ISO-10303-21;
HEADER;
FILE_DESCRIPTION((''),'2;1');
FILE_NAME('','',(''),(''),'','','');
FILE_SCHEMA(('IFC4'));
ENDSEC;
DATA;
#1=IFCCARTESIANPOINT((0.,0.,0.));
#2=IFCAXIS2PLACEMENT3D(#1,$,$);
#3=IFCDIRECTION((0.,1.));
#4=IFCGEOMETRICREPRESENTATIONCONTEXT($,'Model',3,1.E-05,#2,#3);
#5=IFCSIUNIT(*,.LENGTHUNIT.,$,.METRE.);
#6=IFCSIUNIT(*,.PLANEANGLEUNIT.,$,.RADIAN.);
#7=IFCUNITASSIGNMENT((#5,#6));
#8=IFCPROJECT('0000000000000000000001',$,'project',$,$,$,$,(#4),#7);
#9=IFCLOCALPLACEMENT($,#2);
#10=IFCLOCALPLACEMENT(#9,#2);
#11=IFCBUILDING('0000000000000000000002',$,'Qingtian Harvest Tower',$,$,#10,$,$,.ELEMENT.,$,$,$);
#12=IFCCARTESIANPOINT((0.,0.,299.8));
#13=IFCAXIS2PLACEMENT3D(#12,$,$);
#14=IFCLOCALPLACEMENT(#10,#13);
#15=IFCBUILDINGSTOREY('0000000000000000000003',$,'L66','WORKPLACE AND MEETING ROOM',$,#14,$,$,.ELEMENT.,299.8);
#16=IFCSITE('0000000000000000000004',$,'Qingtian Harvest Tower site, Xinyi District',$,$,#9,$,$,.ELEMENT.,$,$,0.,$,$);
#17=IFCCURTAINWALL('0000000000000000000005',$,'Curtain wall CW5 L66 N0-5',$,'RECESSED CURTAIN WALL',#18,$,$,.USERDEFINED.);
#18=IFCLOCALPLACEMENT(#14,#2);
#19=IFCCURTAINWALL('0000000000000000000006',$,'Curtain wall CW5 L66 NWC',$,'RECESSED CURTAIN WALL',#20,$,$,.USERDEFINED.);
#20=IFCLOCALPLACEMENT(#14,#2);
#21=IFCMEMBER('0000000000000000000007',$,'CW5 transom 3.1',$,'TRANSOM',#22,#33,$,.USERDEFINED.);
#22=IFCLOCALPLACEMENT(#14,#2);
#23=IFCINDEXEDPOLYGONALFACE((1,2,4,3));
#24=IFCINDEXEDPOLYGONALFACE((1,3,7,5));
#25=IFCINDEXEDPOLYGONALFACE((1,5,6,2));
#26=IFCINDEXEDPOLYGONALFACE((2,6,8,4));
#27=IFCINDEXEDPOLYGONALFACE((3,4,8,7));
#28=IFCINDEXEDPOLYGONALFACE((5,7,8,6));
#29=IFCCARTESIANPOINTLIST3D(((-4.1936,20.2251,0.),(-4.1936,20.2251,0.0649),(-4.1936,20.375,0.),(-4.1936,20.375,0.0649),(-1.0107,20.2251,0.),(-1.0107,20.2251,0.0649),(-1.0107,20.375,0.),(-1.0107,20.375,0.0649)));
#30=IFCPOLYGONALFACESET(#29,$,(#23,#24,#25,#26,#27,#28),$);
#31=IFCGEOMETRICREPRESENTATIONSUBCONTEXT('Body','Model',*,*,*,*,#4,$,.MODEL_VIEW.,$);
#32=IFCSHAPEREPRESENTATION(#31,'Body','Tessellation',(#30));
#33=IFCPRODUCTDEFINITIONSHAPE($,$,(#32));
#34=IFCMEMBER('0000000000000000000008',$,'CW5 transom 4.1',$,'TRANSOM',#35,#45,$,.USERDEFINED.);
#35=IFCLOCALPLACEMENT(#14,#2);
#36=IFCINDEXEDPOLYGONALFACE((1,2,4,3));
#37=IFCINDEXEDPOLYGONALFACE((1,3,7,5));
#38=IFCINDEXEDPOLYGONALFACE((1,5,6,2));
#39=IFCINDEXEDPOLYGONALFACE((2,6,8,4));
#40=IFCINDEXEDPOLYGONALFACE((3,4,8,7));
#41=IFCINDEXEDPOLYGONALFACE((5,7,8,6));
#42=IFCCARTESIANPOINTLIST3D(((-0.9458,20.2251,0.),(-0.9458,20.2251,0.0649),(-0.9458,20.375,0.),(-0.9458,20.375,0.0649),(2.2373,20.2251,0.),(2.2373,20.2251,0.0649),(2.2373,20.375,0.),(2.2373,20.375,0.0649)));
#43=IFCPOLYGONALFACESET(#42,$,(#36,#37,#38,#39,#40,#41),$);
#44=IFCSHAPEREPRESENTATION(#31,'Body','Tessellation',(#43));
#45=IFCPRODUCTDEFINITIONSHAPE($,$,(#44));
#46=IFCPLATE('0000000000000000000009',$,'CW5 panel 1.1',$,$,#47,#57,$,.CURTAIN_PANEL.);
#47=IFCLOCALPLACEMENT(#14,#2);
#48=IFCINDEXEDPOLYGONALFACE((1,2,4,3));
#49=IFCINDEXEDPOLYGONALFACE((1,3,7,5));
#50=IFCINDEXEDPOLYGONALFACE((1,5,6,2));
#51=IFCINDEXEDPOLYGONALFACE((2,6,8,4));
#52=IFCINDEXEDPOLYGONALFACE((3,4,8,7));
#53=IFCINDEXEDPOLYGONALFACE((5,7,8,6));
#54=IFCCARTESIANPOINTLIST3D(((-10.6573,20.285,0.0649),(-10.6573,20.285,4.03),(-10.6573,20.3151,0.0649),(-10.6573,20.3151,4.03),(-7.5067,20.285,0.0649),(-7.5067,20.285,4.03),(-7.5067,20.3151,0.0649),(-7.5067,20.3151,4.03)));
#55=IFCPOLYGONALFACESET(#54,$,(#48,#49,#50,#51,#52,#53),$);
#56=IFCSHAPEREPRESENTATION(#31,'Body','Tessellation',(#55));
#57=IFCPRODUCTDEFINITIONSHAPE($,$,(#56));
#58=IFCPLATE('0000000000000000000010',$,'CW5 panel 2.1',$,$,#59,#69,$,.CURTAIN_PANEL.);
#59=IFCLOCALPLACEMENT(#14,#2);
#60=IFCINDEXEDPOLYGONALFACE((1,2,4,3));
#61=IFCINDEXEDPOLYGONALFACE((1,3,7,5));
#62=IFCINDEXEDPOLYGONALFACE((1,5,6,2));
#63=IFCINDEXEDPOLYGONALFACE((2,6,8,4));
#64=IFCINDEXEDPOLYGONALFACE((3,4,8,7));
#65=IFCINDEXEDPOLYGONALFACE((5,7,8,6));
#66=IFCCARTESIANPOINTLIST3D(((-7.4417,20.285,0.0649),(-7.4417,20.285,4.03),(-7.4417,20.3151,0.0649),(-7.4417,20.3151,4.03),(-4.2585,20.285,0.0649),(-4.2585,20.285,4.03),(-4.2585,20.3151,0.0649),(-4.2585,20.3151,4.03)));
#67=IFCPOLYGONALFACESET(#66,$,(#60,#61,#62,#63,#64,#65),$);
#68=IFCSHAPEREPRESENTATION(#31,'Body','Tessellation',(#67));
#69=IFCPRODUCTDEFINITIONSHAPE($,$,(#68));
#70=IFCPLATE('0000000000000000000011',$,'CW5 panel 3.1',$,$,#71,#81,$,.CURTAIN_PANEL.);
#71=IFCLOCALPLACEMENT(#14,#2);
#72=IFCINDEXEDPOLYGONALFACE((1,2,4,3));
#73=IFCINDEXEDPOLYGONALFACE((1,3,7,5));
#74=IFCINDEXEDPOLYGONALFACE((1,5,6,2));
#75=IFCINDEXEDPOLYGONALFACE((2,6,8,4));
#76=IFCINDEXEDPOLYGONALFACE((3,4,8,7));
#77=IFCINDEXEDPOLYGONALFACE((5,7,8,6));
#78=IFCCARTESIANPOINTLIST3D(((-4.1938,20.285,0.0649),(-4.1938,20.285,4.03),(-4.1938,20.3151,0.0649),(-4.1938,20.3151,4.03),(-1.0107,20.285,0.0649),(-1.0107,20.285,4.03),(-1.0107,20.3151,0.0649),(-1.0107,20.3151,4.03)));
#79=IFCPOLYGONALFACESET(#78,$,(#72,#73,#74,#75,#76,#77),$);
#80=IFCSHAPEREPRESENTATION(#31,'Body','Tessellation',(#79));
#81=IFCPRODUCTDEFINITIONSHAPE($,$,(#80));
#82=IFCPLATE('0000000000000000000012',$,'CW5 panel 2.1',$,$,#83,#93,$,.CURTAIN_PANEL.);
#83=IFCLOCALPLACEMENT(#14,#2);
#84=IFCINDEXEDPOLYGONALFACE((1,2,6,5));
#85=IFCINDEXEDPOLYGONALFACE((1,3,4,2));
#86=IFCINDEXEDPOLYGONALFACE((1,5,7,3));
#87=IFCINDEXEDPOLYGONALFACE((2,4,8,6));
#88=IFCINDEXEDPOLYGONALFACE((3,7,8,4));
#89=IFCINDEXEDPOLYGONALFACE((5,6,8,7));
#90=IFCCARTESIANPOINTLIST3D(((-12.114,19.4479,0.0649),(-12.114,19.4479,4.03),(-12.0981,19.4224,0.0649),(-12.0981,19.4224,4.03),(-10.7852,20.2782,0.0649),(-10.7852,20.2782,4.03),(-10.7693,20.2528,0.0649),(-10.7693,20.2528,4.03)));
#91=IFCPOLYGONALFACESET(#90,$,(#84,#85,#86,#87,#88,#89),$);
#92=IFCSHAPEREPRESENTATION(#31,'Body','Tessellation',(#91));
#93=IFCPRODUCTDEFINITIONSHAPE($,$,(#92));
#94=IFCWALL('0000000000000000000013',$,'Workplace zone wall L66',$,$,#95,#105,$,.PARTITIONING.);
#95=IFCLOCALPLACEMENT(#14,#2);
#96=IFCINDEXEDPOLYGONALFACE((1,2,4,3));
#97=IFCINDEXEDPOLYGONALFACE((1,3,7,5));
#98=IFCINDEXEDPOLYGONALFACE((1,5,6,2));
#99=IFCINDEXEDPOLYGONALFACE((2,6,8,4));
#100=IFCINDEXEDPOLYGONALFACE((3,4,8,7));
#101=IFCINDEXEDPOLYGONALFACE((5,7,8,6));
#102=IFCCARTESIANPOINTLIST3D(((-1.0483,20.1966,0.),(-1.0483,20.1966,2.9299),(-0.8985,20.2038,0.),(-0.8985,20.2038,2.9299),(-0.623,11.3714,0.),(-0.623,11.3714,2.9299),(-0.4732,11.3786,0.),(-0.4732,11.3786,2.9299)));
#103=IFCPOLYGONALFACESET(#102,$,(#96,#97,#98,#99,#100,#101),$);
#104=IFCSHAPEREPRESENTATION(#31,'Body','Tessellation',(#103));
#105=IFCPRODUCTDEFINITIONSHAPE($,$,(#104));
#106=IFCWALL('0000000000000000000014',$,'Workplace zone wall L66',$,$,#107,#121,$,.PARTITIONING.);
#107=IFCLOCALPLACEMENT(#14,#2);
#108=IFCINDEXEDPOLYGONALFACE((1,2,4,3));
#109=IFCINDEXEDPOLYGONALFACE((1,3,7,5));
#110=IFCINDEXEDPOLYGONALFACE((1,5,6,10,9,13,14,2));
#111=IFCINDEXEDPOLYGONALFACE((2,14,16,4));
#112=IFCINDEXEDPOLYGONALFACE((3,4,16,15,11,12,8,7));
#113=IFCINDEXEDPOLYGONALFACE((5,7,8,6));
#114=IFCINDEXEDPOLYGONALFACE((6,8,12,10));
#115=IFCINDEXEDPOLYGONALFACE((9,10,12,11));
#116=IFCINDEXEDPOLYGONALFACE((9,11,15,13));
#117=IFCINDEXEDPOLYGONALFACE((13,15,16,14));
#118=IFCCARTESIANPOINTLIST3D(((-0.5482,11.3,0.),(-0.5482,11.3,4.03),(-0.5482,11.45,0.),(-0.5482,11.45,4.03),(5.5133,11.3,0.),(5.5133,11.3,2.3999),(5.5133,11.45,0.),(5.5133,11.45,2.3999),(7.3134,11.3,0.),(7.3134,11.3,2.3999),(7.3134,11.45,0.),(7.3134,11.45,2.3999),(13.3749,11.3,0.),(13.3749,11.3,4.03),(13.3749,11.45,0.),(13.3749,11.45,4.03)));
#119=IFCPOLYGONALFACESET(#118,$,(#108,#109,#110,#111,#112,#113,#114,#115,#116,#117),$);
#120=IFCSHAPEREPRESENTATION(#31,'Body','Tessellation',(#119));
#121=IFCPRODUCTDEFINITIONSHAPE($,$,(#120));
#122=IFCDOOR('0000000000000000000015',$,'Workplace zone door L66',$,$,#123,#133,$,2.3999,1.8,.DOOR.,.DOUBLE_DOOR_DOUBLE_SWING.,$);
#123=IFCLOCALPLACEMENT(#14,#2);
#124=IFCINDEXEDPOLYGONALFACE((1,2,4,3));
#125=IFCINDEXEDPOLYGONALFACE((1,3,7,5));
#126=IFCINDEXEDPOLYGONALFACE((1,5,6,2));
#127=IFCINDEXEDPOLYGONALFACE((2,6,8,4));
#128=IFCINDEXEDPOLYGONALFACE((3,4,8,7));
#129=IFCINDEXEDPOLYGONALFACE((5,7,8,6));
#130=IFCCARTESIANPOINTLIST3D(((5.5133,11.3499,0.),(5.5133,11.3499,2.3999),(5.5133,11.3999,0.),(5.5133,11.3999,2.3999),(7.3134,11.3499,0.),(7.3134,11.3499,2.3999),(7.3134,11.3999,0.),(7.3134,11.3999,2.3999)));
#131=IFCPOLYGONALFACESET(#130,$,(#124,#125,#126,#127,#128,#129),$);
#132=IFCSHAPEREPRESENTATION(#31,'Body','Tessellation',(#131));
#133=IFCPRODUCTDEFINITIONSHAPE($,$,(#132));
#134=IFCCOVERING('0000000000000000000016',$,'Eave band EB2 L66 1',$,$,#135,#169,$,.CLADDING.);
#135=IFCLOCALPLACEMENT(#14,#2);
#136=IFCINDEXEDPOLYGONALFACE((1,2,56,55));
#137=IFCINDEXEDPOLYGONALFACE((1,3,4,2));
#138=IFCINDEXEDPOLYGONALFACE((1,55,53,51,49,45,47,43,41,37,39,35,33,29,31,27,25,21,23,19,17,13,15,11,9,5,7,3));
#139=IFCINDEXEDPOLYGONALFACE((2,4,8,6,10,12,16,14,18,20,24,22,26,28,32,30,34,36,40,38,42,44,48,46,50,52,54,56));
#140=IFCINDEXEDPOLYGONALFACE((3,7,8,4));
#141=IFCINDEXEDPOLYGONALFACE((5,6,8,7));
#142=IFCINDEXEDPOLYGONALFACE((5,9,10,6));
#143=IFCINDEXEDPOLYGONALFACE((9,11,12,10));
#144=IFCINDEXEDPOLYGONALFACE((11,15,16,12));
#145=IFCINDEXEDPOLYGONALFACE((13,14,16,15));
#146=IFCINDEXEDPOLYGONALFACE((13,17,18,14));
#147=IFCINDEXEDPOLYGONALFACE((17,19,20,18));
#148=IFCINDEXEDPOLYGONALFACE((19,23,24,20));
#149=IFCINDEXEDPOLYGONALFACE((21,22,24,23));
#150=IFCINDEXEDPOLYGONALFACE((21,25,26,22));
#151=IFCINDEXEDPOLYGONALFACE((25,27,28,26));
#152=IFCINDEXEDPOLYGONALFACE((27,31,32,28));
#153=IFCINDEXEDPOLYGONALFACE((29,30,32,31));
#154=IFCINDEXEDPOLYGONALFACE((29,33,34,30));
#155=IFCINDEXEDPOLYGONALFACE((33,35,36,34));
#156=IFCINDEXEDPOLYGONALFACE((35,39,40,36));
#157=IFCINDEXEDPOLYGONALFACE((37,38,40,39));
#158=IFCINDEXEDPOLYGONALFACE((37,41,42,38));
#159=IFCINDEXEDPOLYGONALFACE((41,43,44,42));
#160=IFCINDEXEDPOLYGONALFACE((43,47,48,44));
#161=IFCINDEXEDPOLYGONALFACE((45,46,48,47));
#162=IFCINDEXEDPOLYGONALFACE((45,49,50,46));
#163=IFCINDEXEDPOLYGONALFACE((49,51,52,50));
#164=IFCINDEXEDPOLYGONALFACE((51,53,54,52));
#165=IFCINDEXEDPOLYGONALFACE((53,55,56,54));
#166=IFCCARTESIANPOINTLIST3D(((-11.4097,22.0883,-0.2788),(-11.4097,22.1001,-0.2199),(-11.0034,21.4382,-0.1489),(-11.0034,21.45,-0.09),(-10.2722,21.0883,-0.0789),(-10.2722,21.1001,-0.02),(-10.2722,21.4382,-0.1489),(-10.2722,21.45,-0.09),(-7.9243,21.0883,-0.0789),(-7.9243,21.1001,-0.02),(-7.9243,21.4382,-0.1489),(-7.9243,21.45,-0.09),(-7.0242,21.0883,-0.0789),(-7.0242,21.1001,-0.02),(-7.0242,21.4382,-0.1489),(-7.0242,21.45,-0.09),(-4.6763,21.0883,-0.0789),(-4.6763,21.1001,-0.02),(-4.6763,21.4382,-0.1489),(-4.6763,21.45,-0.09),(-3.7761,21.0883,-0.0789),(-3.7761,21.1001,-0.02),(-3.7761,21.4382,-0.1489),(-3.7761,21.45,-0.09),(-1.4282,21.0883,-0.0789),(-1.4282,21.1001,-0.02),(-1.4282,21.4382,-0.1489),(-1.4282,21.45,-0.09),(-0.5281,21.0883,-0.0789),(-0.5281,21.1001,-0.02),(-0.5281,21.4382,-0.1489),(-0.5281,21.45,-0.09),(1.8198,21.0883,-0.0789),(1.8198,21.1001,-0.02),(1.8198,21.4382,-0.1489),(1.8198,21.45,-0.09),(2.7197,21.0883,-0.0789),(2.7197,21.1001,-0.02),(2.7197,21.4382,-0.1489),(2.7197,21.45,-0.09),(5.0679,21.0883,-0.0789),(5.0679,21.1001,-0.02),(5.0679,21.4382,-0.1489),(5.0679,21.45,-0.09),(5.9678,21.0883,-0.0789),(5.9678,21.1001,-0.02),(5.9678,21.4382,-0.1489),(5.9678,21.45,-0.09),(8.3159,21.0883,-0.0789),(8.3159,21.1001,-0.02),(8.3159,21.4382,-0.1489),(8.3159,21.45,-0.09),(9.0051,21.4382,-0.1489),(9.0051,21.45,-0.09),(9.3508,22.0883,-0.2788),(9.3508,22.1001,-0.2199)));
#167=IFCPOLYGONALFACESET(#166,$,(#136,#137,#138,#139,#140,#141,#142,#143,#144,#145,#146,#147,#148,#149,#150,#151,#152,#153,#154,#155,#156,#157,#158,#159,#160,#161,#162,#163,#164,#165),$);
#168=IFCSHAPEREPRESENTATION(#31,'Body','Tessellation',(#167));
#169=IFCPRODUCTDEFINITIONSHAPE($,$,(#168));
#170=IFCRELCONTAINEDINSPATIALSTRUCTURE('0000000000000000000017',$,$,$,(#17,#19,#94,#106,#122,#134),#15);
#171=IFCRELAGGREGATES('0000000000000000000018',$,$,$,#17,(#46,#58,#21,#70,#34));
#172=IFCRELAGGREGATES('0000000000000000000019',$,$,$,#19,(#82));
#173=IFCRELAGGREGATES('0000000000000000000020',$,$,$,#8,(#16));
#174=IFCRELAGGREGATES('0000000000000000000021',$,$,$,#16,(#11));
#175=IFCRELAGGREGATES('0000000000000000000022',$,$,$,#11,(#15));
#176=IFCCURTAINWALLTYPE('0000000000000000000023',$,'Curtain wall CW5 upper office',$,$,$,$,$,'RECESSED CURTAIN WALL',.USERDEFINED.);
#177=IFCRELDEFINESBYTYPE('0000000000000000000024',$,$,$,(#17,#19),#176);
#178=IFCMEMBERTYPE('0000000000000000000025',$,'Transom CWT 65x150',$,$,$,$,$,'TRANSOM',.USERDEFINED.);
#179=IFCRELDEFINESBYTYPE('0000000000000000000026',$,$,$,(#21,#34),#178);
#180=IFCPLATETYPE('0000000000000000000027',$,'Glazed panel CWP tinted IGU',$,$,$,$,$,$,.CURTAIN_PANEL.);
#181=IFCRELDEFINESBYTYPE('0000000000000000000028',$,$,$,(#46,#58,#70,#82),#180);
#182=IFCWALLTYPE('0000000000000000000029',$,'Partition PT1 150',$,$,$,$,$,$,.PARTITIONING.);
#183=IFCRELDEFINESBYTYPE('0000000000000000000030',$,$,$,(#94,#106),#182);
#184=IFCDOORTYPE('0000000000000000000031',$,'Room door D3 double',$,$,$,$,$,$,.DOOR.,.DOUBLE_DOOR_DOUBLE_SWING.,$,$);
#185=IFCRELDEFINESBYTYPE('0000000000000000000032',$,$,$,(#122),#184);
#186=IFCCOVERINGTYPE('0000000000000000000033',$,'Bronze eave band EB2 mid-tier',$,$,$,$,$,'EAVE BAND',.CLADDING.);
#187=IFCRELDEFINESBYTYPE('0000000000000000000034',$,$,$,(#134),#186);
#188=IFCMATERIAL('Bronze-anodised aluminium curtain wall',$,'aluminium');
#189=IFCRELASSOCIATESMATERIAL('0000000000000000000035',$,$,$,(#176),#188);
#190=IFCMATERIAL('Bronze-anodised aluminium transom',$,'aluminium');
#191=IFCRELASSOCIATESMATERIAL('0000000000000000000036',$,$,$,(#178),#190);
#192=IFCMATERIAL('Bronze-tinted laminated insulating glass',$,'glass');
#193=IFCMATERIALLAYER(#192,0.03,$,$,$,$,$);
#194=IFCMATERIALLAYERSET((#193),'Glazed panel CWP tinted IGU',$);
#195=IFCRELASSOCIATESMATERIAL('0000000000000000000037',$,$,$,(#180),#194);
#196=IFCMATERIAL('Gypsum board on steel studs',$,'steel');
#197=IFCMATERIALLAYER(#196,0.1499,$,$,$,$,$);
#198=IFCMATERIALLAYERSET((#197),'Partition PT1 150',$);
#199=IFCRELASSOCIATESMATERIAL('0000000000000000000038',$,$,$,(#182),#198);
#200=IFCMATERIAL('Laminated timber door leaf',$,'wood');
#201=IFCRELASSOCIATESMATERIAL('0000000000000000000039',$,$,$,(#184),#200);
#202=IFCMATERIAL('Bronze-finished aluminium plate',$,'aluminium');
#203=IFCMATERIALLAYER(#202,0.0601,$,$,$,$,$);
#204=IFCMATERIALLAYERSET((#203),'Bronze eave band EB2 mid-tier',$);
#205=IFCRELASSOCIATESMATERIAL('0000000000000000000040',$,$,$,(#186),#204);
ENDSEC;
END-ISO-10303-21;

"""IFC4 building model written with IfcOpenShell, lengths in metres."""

from ifc_helpers import new_model, si_unit, direction, frame, frame_2d, origin, origin_2d, place, context, subcontext, project, spatial, polyline, rectangle, outline, extrude, material, layer, layer_set, material_profile, profile_set, type_object, element, fill, aggregate, save


model = new_model("IFC4")

# Units and contexts
model_context = context("Model", 3, precision=1e-05, world=origin(), true_north=direction((0.0, 1.0)))
body_context = subcontext(model_context, "Body", "Model", "MODEL_VIEW")
ifc_project = project(units=[si_unit("LENGTHUNIT", "METRE"), si_unit("PLANEANGLEUNIT", "RADIAN")], contexts=[model_context])

# Site, building, storey
site_placement = place(None, origin())
site = spatial("IfcSite", under=ifc_project, at=site_placement, Name="Qingtian Harvest Tower site, Xinyi District", CompositionType="ELEMENT", RefElevation=0.0)
building_placement = place(site_placement, origin())
building = spatial("IfcBuilding", under=site, at=building_placement, Name="Qingtian Harvest Tower", CompositionType="ELEMENT")
storey_placement = place(building_placement, frame((0.0, 0.0, 299.8)))
storey = spatial("IfcBuildingStorey", under=building, at=storey_placement, Name="L66", Description="WORKPLACE AND MEETING ROOM", CompositionType="ELEMENT", Elevation=299.8)

# Curtain wall
ifc_material_1 = material(Name="Bronze-anodised aluminium curtain wall", Category="aluminium")
curtain_wall_type = type_object("IfcCurtainWallType", Name="Curtain wall CW5 upper office", ElementType="RECESSED CURTAIN WALL", PredefinedType="USERDEFINED", material=ifc_material_1)
curtain_wall_1_placement = place(storey_placement, origin())
curtain_wall_1 = element("IfcCurtainWall", 1, at=curtain_wall_1_placement, inside=storey, type_object=curtain_wall_type, Name="Curtain wall CW5 L66 N0-5", ObjectType="RECESSED CURTAIN WALL", PredefinedType="USERDEFINED")

# Curtain wall
curtain_wall_2_placement = place(storey_placement, origin())
curtain_wall_2 = element("IfcCurtainWall", 2, at=curtain_wall_2_placement, inside=storey, type_object=curtain_wall_type, Name="Curtain wall CW5 L66 NWC", ObjectType="RECESSED CURTAIN WALL", PredefinedType="USERDEFINED")

# Members
ifc_material_2 = material(Name="Bronze-anodised aluminium transom", Category="aluminium")
ifc_material_profile_1 = material_profile(ifc_material_2, rectangle(XDim=0.1499, YDim=0.0649, at=origin_2d()), Name="AL 65x150")
ifc_profile_set_1 = profile_set([ifc_material_profile_1], Name="Bronze-anodised aluminium transom")
member_type_1 = type_object("IfcMemberType", Name="Transom CWT 65x150", ElementType="TRANSOM", PredefinedType="USERDEFINED", material=ifc_profile_set_1)
member_1_placement = place(storey_placement, frame((-4.1936, 20.3, 0.0325), z_axis=(1.0, 0.0, 0.0), x_axis=(0.0, 1.0, 0.0)))
member_1 = element("IfcMember", 3, at=member_1_placement, type_object=member_type_1, Name="CW5 transom 3.1", ObjectType="TRANSOM", PredefinedType="USERDEFINED", context=body_context, shape_type="SweptSolid", body=[
    extrude(rectangle(XDim=0.1499, YDim=0.0649, at=origin_2d()), origin(), (0.0, 0.0, 1.0), 3.1829),
])
member_2_placement = place(storey_placement, frame((-0.9458, 20.3, 0.0325), z_axis=(1.0, 0.0, 0.0), x_axis=(0.0, 1.0, 0.0)))
member_2 = element("IfcMember", 4, at=member_2_placement, type_object=member_type_1, Name="CW5 transom 4.1", ObjectType="TRANSOM", PredefinedType="USERDEFINED", context=body_context, shape_type="SweptSolid", body=[
    extrude(rectangle(XDim=0.1499, YDim=0.0649, at=origin_2d()), origin(), (0.0, 0.0, 1.0), 3.1831),
])

# Plates
ifc_material_3 = material(Name="Bronze-tinted laminated insulating glass", Category="glass")
ifc_layer_1 = layer(ifc_material_3, 0.03)
ifc_layer_set_1 = layer_set([ifc_layer_1], Name="Glazed panel CWP tinted IGU")
plate_type = type_object("IfcPlateType", Name="Glazed panel CWP tinted IGU", PredefinedType="CURTAIN_PANEL", material=ifc_layer_set_1)
plate_1_placement = place(storey_placement, frame((-9.082, 20.3, 0.0649), z_axis=(0.0, 0.0, 1.0), x_axis=(1.0, 0.0, 0.0)))
plate_1 = element("IfcPlate", 5, at=plate_1_placement, type_object=plate_type, Name="CW5 panel 1.1", PredefinedType="CURTAIN_PANEL", context=body_context, shape_type="SweptSolid", body=[
    extrude(rectangle(XDim=3.1506, YDim=0.03, at=origin_2d()), origin(), (0.0, 0.0, 1.0), 3.9651),
])
plate_2_placement = place(storey_placement, frame((-5.8501, 20.3, 0.0649), z_axis=(0.0, 0.0, 1.0), x_axis=(1.0, 0.0, 0.0)))
plate_2 = element("IfcPlate", 6, at=plate_2_placement, type_object=plate_type, Name="CW5 panel 2.1", PredefinedType="CURTAIN_PANEL", context=body_context, shape_type="SweptSolid", body=[
    extrude(rectangle(XDim=3.1831, YDim=0.03, at=origin_2d()), origin(), (0.0, 0.0, 1.0), 3.9651),
])
plate_3_placement = place(storey_placement, frame((-2.6023, 20.3, 0.0649), z_axis=(0.0, 0.0, 1.0), x_axis=(1.0, 0.0, 0.0)))
plate_3 = element("IfcPlate", 7, at=plate_3_placement, type_object=plate_type, Name="CW5 panel 3.1", PredefinedType="CURTAIN_PANEL", context=body_context, shape_type="SweptSolid", body=[
    extrude(rectangle(XDim=3.1831, YDim=0.03, at=origin_2d()), origin(), (0.0, 0.0, 1.0), 3.9651),
])
aggregate(curtain_wall_1, [plate_1, plate_2, member_1, plate_3, member_2])
plate_4_placement = place(storey_placement, frame((-11.4417, 19.8503, 0.0649), z_axis=(0.0, 0.0, 1.0), x_axis=(0.848048, 0.529919, 0.0)))
plate_4 = element("IfcPlate", 8, at=plate_4_placement, type_object=plate_type, Name="CW5 panel 2.1", PredefinedType="CURTAIN_PANEL", context=body_context, shape_type="SweptSolid", body=[
    extrude(rectangle(XDim=1.5669, YDim=0.03, at=origin_2d()), origin(), (0.0, 0.0, 1.0), 3.9651),
])
aggregate(curtain_wall_2, [plate_4])

# Wall
ifc_material_4 = material(Name="Gypsum board on steel studs", Category="steel")
ifc_layer_2 = layer(ifc_material_4, 0.1499)
ifc_layer_set_2 = layer_set([ifc_layer_2], Name="Partition PT1 150")
wall_type = type_object("IfcWallType", Name="Partition PT1 150", PredefinedType="PARTITIONING", material=ifc_layer_set_2)
wall_1_placement = place(storey_placement, frame((-0.9734, 20.2002, 0.0), z_axis=(0.0, 0.0, 1.0), x_axis=(0.048135, -0.998841, 0.0)))
element("IfcWall", 9, at=wall_1_placement, inside=storey, type_object=wall_type, Name="Workplace zone wall L66", PredefinedType="PARTITIONING", context=body_context, shape_type="SweptSolid", body=[
    extrude(rectangle(XDim=8.8354, YDim=0.1499, at=frame_2d((4.4177, 0.0))), origin(), (0.0, 0.0, 1.0), 2.9299),
])

# Wall, opening, door
wall_2_placement = place(storey_placement, frame((-0.5481, 11.375, 0.0), z_axis=(0.0, 0.0, 1.0), x_axis=(1.0, 0.0, 0.0)))
wall_2 = element("IfcWall", 10, at=wall_2_placement, inside=storey, type_object=wall_type, Name="Workplace zone wall L66", PredefinedType="PARTITIONING", context=body_context, shape_type="SweptSolid", body=[
    extrude(rectangle(XDim=13.9231, YDim=0.1499, at=frame_2d((6.9614, 0.0))), origin(), (0.0, 0.0, 1.0), 4.03),
])
opening_placement = place(wall_2_placement, frame((6.0615, 0.0, 0.0)))
opening = element("IfcOpeningElement", 11, at=opening_placement, cuts=wall_2, PredefinedType="OPENING", context=body_context, shape_type="SweptSolid", body=[
    extrude(rectangle(XDim=1.8, YDim=2.3999, at=frame_2d((0.8999, 1.2))), frame((0.0, 0.085, 0.0), z_axis=(0.0, -1.0, 0.0), x_axis=(1.0, 0.0, 0.0)), (0.0, 0.0, 1.0), 0.1699),
])
ifc_material_5 = material(Name="Laminated timber door leaf", Category="wood")
door_type = type_object("IfcDoorType", Name="Room door D3 double", OperationType="DOUBLE_DOOR_DOUBLE_SWING", PredefinedType="DOOR", material=ifc_material_5)
door_placement = place(opening_placement, origin())
door = element("IfcDoor", 12, at=door_placement, inside=storey, type_object=door_type, Name="Workplace zone door L66", OperationType="DOUBLE_DOOR_DOUBLE_SWING", OverallHeight=2.3999, OverallWidth=1.8, PredefinedType="DOOR", context=body_context, shape_type="SweptSolid", body=[
    extrude(rectangle(XDim=1.8, YDim=2.3999, at=frame_2d((0.8999, 1.2))), frame((0.0, 0.0249, 0.0), z_axis=(0.0, -1.0, 0.0), x_axis=(1.0, 0.0, 0.0)), (0.0, 0.0, 1.0), 0.05),
])
fill(opening, door)

# Covering
ifc_material_6 = material(Name="Bronze-finished aluminium plate", Category="aluminium")
ifc_layer_3 = layer(ifc_material_6, 0.0601)
ifc_layer_set_3 = layer_set([ifc_layer_3], Name="Bronze eave band EB2 mid-tier")
covering_type = type_object("IfcCoveringType", Name="Bronze eave band EB2 mid-tier", ElementType="EAVE BAND", PredefinedType="CLADDING", material=ifc_layer_set_3)
covering_placement = place(storey_placement, frame((-10.2722, 21.1001, -0.02), z_axis=(0.0, 0.196033, 0.980597), x_axis=(0.0, 0.980597, -0.196033)))
element("IfcCovering", 13, at=covering_placement, inside=storey, type_object=covering_type, Name="Eave band EB2 L66 1", PredefinedType="CLADDING", context=body_context, shape_type="SweptSolid", body=[
    extrude(outline(polyline([(0.0, 0.0), (0.3568, 0.0), (0.3568, 0.7312), (1.0198, 1.1375), (1.0198, -19.623), (0.3568, -19.2773), (0.3568, -18.5881), (0.0, -18.5881), (0.0, -16.24), (0.3568, -16.24), (0.3568, -15.3401), (0.0, -15.3401), (0.0, -12.9919), (0.3568, -12.9919), (0.3568, -12.092), (0.0, -12.092), (0.0, -9.7441), (0.3568, -9.7441), (0.3568, -8.844), (0.0, -8.844), (0.0, -6.4961), (0.3568, -6.4961), (0.3568, -5.5959), (0.0, -5.5959), (0.0, -3.248), (0.3568, -3.248), (0.3568, -2.3479), (0.0, -2.3479), (0.0, 0.0)])), origin(), (0.0, 0.0, -1.0), 0.0601),
])

save(model, "model.ifc")
